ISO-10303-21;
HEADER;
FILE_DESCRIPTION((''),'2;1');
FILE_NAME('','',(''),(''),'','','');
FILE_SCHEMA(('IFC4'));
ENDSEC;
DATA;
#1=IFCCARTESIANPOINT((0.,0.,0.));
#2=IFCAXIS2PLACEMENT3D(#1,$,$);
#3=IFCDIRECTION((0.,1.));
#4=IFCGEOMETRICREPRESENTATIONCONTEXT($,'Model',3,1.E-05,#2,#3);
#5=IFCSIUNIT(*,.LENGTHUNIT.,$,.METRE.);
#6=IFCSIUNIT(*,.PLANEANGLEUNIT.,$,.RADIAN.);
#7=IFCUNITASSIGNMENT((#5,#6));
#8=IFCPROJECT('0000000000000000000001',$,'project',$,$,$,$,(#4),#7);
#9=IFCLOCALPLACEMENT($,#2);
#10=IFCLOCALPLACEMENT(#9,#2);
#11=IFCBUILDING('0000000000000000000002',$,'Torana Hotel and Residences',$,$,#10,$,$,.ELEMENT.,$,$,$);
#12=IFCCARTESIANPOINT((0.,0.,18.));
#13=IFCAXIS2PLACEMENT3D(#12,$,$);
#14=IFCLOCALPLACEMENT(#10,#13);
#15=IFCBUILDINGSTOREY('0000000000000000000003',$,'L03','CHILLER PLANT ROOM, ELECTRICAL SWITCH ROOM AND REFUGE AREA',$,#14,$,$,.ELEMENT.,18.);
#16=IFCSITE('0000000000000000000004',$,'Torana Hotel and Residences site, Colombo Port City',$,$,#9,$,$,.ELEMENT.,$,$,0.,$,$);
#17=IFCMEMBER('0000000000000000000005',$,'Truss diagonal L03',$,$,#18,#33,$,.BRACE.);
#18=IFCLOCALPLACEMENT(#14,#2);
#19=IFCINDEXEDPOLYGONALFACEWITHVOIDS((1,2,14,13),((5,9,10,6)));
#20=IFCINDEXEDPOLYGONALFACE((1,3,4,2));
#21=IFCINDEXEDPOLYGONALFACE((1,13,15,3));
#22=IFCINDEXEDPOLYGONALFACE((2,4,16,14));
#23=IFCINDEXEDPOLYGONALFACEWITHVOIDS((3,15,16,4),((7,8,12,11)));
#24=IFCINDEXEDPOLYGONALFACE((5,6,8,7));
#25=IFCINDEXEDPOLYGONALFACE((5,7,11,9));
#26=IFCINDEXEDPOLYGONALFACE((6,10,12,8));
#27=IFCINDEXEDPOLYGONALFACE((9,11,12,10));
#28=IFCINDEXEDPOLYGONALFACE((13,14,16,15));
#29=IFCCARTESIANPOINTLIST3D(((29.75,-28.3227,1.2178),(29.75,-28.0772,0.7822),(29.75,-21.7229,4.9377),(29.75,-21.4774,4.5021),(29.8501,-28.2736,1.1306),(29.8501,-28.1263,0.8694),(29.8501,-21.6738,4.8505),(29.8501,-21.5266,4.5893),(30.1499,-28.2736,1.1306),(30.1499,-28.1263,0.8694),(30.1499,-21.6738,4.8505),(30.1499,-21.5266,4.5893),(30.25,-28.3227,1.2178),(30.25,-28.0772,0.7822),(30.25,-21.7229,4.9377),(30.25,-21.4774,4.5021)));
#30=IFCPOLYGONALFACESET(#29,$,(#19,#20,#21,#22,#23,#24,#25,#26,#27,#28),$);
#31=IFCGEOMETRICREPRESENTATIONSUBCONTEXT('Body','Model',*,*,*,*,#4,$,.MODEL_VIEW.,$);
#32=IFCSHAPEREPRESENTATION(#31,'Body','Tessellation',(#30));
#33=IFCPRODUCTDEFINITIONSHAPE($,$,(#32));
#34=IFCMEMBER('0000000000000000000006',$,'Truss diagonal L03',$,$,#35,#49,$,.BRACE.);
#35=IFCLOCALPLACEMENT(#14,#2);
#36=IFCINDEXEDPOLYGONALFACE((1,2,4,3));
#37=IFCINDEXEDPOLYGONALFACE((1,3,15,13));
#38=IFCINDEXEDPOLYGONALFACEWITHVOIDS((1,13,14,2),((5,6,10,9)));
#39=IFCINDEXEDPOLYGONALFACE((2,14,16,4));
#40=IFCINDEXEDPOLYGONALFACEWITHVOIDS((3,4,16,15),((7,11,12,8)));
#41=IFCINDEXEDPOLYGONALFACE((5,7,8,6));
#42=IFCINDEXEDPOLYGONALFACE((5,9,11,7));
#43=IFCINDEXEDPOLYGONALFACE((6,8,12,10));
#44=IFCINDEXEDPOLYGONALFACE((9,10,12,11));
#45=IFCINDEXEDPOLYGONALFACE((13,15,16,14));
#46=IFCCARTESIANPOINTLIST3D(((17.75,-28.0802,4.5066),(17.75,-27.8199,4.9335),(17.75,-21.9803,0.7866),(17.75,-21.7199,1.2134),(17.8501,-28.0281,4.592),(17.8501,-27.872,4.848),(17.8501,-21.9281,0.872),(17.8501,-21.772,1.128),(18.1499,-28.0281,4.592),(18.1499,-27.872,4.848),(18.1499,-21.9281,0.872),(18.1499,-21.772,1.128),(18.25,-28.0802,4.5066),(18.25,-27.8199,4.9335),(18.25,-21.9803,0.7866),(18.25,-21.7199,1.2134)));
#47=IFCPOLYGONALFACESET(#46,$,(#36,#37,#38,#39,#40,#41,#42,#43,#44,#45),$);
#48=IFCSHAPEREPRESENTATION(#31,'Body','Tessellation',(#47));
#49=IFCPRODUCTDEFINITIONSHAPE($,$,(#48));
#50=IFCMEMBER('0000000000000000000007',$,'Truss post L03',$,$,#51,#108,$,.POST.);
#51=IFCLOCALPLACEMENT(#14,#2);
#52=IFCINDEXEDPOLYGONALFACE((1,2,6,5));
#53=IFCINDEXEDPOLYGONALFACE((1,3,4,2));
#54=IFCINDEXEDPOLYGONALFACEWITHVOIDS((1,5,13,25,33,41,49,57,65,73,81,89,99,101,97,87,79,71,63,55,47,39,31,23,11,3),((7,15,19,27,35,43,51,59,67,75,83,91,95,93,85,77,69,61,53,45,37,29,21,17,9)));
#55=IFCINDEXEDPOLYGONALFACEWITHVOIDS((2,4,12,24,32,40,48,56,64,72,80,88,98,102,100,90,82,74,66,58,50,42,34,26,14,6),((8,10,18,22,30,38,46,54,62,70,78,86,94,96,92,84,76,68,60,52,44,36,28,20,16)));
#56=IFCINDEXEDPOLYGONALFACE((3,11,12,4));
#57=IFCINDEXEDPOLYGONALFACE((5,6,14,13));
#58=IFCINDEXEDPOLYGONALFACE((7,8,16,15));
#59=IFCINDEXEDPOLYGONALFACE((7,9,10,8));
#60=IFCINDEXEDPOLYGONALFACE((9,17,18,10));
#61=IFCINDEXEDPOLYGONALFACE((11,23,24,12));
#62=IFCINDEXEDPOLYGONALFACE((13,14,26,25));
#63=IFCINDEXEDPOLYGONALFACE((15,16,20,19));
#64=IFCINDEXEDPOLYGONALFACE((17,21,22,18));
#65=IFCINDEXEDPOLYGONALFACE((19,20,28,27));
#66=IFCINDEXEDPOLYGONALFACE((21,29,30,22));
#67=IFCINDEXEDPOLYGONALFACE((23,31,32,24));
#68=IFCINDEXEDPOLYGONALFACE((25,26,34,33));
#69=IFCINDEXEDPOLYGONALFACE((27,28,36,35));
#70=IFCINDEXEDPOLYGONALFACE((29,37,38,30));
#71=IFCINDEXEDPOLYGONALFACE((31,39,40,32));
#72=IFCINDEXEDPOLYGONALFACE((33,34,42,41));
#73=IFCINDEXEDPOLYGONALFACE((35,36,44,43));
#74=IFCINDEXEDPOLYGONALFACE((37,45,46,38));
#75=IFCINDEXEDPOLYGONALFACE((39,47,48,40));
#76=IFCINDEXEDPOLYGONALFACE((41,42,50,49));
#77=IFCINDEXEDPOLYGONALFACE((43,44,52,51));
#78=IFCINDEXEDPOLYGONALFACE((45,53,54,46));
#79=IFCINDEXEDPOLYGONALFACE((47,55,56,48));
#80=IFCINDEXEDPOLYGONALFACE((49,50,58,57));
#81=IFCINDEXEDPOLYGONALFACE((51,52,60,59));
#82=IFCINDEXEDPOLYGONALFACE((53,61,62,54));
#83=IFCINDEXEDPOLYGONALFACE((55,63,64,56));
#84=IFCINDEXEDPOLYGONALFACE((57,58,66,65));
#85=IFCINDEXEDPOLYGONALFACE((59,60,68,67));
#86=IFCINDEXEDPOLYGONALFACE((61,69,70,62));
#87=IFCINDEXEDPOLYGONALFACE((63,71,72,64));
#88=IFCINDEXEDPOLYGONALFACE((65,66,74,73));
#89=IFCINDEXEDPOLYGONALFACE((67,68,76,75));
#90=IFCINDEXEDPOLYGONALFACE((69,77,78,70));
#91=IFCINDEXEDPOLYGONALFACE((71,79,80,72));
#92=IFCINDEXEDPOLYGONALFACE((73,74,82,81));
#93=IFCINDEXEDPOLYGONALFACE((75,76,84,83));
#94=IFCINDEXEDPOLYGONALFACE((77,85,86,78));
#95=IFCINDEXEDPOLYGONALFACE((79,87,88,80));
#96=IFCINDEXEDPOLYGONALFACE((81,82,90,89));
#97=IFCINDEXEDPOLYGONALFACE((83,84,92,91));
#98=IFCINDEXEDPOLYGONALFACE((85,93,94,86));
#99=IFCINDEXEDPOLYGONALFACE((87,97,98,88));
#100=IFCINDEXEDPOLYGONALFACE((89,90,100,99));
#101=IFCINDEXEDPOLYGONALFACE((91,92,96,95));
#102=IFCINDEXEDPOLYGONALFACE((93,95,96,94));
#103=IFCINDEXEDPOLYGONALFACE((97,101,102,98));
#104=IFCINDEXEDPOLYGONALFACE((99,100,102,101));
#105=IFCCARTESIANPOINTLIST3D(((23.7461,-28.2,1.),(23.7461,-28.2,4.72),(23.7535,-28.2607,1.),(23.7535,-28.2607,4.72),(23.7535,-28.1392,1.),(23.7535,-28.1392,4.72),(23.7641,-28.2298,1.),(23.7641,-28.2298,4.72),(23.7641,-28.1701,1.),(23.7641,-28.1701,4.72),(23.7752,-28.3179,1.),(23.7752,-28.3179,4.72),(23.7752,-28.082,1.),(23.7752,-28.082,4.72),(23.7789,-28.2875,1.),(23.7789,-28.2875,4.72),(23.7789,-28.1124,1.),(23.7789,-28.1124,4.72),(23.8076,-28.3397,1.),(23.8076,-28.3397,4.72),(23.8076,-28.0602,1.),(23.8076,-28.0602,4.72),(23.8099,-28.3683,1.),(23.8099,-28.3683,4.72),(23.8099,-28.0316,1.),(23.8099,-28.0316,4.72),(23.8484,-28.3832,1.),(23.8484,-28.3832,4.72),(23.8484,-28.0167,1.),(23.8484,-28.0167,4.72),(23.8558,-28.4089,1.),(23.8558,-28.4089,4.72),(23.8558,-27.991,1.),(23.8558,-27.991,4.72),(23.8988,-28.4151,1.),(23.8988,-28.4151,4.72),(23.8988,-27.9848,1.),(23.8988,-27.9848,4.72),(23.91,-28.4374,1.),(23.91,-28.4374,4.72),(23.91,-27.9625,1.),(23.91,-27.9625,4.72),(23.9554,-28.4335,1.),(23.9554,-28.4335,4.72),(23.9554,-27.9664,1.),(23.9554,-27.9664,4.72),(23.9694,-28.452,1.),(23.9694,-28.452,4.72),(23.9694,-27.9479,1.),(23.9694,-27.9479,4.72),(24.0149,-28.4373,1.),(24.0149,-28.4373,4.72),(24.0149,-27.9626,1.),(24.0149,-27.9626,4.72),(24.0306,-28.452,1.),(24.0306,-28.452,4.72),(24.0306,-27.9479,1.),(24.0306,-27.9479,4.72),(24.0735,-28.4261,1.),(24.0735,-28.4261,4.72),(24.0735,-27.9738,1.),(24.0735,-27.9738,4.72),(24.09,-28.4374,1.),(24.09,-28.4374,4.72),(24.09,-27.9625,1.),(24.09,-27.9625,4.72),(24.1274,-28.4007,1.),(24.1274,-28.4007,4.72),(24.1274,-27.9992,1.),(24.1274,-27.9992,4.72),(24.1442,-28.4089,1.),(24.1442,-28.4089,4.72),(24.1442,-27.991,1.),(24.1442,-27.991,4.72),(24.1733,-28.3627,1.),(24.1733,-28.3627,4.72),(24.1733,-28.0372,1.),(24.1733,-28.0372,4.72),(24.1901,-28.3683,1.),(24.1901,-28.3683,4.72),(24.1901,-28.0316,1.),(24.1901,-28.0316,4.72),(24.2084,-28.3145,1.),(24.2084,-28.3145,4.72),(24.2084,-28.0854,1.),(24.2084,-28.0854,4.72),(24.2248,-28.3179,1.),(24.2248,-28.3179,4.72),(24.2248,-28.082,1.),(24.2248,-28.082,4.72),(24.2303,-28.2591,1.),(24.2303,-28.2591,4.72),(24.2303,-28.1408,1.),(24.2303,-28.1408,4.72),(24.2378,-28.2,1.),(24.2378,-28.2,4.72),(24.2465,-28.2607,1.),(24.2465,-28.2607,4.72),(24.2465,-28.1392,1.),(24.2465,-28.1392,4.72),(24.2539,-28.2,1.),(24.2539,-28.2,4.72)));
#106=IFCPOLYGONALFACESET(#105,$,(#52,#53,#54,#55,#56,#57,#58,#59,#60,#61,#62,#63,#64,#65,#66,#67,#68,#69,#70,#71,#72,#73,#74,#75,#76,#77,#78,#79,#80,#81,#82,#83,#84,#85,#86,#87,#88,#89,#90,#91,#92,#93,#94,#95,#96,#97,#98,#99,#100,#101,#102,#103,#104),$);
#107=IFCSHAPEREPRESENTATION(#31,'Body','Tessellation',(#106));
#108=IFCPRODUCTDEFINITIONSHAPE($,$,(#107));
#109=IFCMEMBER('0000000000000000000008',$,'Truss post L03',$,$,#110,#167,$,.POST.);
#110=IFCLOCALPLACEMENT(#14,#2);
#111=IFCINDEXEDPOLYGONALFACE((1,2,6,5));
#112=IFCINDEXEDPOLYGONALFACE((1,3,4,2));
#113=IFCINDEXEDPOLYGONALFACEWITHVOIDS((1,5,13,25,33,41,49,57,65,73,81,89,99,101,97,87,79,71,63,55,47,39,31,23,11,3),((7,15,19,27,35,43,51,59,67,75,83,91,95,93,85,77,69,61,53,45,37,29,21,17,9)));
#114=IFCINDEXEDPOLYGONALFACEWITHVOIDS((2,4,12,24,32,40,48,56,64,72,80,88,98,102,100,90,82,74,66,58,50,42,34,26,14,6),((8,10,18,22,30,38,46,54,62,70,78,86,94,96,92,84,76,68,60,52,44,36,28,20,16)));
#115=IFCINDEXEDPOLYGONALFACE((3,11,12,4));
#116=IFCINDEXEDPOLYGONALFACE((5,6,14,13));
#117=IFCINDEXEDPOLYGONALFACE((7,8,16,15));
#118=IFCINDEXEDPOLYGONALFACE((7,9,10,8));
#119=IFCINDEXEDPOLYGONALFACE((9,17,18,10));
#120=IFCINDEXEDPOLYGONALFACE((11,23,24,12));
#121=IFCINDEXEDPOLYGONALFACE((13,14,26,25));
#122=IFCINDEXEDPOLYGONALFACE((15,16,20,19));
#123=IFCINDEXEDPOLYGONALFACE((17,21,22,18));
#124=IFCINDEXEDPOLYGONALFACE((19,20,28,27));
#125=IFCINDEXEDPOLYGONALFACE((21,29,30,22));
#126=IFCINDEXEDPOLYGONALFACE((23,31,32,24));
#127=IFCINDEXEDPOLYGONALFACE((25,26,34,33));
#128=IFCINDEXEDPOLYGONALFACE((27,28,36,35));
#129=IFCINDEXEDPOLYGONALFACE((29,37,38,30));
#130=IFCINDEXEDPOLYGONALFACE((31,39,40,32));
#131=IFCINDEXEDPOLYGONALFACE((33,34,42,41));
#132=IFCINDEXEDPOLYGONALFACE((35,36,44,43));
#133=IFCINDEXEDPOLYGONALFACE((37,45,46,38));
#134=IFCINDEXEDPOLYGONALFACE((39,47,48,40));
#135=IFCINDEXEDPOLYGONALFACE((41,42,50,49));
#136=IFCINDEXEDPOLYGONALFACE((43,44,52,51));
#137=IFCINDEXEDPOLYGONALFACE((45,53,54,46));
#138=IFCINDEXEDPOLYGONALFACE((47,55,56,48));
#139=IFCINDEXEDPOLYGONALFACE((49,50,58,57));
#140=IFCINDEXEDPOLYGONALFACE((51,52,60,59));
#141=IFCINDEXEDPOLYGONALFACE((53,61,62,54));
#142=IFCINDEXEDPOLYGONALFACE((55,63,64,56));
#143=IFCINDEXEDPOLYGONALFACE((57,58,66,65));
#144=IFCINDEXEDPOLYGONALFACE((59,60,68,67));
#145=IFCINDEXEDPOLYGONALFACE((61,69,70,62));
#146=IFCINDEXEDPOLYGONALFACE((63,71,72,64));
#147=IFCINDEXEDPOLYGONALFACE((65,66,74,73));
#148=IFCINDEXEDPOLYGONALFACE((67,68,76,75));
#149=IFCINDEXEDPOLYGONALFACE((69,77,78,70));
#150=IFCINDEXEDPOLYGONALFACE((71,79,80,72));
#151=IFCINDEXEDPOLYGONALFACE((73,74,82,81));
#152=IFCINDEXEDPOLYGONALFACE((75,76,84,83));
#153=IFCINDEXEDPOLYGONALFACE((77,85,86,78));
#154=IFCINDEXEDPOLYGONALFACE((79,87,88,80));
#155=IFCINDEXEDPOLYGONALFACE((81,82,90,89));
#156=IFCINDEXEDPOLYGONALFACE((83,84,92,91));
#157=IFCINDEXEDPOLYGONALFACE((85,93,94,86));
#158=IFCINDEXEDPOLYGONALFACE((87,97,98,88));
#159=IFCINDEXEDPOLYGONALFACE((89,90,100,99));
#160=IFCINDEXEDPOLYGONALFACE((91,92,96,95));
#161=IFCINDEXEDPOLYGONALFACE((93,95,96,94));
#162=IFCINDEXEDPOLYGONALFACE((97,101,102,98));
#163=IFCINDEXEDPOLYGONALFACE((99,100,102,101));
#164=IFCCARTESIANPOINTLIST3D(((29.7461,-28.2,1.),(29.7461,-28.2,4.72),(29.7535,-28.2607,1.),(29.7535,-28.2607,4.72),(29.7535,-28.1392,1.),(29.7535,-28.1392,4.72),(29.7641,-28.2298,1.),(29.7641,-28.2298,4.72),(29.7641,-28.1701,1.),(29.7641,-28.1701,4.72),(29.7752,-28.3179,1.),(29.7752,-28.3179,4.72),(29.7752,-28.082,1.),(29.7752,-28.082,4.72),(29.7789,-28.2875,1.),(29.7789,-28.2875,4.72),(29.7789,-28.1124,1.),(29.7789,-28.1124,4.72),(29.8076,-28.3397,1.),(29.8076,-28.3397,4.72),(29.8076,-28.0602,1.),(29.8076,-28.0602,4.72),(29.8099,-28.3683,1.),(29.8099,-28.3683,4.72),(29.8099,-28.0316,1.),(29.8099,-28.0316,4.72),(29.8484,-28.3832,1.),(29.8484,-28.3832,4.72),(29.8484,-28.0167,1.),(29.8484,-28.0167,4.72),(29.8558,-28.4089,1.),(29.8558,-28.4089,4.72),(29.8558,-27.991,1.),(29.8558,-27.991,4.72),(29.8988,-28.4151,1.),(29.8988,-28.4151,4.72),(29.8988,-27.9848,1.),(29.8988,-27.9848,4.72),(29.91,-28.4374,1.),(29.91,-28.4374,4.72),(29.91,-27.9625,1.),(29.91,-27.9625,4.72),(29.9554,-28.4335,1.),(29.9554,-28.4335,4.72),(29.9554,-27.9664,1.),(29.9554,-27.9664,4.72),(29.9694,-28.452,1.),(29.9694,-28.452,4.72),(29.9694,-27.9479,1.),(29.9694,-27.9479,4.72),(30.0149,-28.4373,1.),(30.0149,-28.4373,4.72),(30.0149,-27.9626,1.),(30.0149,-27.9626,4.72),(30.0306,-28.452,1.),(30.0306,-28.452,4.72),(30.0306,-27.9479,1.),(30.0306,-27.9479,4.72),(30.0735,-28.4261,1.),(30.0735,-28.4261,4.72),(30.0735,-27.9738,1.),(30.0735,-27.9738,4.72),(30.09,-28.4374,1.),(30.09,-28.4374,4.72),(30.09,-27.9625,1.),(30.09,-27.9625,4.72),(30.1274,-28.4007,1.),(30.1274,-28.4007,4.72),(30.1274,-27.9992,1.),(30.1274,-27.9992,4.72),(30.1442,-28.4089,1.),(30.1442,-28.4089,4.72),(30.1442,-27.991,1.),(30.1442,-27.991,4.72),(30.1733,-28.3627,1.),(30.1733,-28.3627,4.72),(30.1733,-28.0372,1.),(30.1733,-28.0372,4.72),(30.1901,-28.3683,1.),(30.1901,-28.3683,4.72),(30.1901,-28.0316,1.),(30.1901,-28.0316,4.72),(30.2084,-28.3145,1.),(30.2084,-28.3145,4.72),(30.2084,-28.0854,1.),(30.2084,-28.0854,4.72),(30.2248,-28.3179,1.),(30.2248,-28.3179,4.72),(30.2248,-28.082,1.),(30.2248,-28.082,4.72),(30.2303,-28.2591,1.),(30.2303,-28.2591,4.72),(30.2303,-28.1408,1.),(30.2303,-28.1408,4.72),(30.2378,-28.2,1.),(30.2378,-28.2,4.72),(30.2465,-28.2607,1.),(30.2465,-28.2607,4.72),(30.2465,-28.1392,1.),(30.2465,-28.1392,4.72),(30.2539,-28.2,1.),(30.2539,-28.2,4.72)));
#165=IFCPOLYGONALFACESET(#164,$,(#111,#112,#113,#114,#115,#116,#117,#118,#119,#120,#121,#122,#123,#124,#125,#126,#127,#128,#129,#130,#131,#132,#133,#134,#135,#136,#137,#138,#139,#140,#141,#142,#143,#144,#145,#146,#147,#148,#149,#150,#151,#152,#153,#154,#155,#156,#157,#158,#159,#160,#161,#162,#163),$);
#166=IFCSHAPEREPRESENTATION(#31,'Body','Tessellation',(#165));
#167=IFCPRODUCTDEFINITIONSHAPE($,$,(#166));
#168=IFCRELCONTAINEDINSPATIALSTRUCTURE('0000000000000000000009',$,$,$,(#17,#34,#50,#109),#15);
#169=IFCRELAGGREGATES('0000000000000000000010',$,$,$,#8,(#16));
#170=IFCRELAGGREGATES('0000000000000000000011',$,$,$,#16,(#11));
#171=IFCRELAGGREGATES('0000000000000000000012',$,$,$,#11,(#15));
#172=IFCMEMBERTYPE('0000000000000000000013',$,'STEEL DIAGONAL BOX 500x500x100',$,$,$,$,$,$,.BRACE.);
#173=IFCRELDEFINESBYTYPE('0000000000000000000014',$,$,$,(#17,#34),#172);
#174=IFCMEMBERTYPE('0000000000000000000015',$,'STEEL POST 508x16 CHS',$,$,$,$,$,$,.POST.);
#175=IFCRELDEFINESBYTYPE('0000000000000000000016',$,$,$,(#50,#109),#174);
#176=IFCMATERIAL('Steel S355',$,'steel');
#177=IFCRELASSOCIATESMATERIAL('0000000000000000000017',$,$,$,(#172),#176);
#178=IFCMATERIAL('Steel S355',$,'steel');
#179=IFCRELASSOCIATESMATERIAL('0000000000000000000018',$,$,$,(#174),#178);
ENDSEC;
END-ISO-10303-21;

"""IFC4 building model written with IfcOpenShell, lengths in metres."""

from ifc_helpers import new_model, si_unit, direction, frame, origin, origin_2d, place, context, subcontext, project, spatial, hollow_rectangle, hollow_circle, extrude, material, material_profile, profile_set, type_object, element, save


model = new_model("IFC4")

# Units and contexts
model_context = context("Model", 3, precision=1e-05, world=origin(), true_north=direction((0.0, 1.0)))
body_context = subcontext(model_context, "Body", "Model", "MODEL_VIEW")
ifc_project = project(units=[si_unit("LENGTHUNIT", "METRE"), si_unit("PLANEANGLEUNIT", "RADIAN")], contexts=[model_context])

# Site, building, storey
site_placement = place(None, origin())
site = spatial("IfcSite", under=ifc_project, at=site_placement, Name="Torana Hotel and Residences site, Colombo Port City", CompositionType="ELEMENT", RefElevation=0.0)
building_placement = place(site_placement, origin())
building = spatial("IfcBuilding", under=site, at=building_placement, Name="Torana Hotel and Residences", CompositionType="ELEMENT")
storey_placement = place(building_placement, frame((0.0, 0.0, 18.0)))
storey = spatial("IfcBuildingStorey", under=building, at=storey_placement, Name="L03", Description="CHILLER PLANT ROOM, ELECTRICAL SWITCH ROOM AND REFUGE AREA", CompositionType="ELEMENT", Elevation=18.0)

# Members
ifc_material_1 = material(Name="Steel S355", Category="steel")
ifc_material_profile_1 = material_profile(ifc_material_1, hollow_rectangle(XDim=0.5, YDim=0.5, WallThickness=0.1001, at=origin_2d()), Name="BOX 500x500x100")
ifc_profile_set_1 = profile_set([ifc_material_profile_1], Name="Steel S355")
member_type_1 = type_object("IfcMemberType", Name="STEEL DIAGONAL BOX 500x500x100", PredefinedType="BRACE", material=ifc_profile_set_1)
member_1_placement = place(storey_placement, frame((30.0, -28.2, 1.0), z_axis=(0.0, 0.871149, 0.491018), x_axis=(-1.0, 0.0, 0.0)))
element("IfcMember", 1, at=member_1_placement, inside=storey, type_object=member_type_1, Name="Truss diagonal L03", PredefinedType="BRACE", context=body_context, shape_type="SweptSolid", body=[
    extrude(hollow_rectangle(XDim=0.5, YDim=0.5, WallThickness=0.1001, at=origin_2d()), origin(), (0.0, 0.0, 1.0), 7.5759),
])
member_2_placement = place(storey_placement, frame((18.0, -21.8501, 1.0), z_axis=(0.0, -0.853762, 0.520663), x_axis=(1.0, 0.0, 0.0)))
element("IfcMember", 2, at=member_2_placement, inside=storey, type_object=member_type_1, Name="Truss diagonal L03", PredefinedType="BRACE", context=body_context, shape_type="SweptSolid", body=[
    extrude(hollow_rectangle(XDim=0.5, YDim=0.5, WallThickness=0.1001, at=origin_2d()), origin(), (0.0, 0.0, 1.0), 7.1448),
])
ifc_material_2 = material(Name="Steel S355", Category="steel")
ifc_material_profile_2 = material_profile(ifc_material_2, hollow_circle(Radius=0.2539, WallThickness=0.0161, at=origin_2d()), Name="508x16 CHS")
ifc_profile_set_2 = profile_set([ifc_material_profile_2], Name="Steel S355")
member_type_2 = type_object("IfcMemberType", Name="STEEL POST 508x16 CHS", PredefinedType="POST", material=ifc_profile_set_2)
for number, where, z_axis, x_axis, name in (
    (3, (24.0, -28.2, 1.0), (0.0, 0.0, 1.0), (1.0, 0.0, 0.0), "Truss post L03"),
    (4, (30.0, -28.2, 1.0), (0.0, 0.0, 1.0), (1.0, 0.0, 0.0), "Truss post L03"),
):
    element("IfcMember", number, at=place(storey_placement, frame(where, z_axis=z_axis, x_axis=x_axis)), inside=storey, type_object=member_type_2, Name=name, PredefinedType="POST", context=body_context, shape_type="SweptSolid", body=[
        extrude(hollow_circle(Radius=0.2539, WallThickness=0.0161, at=origin_2d()), origin(), (0.0, 0.0, 1.0), 3.72),
    ])

save(model, "model.ifc")
